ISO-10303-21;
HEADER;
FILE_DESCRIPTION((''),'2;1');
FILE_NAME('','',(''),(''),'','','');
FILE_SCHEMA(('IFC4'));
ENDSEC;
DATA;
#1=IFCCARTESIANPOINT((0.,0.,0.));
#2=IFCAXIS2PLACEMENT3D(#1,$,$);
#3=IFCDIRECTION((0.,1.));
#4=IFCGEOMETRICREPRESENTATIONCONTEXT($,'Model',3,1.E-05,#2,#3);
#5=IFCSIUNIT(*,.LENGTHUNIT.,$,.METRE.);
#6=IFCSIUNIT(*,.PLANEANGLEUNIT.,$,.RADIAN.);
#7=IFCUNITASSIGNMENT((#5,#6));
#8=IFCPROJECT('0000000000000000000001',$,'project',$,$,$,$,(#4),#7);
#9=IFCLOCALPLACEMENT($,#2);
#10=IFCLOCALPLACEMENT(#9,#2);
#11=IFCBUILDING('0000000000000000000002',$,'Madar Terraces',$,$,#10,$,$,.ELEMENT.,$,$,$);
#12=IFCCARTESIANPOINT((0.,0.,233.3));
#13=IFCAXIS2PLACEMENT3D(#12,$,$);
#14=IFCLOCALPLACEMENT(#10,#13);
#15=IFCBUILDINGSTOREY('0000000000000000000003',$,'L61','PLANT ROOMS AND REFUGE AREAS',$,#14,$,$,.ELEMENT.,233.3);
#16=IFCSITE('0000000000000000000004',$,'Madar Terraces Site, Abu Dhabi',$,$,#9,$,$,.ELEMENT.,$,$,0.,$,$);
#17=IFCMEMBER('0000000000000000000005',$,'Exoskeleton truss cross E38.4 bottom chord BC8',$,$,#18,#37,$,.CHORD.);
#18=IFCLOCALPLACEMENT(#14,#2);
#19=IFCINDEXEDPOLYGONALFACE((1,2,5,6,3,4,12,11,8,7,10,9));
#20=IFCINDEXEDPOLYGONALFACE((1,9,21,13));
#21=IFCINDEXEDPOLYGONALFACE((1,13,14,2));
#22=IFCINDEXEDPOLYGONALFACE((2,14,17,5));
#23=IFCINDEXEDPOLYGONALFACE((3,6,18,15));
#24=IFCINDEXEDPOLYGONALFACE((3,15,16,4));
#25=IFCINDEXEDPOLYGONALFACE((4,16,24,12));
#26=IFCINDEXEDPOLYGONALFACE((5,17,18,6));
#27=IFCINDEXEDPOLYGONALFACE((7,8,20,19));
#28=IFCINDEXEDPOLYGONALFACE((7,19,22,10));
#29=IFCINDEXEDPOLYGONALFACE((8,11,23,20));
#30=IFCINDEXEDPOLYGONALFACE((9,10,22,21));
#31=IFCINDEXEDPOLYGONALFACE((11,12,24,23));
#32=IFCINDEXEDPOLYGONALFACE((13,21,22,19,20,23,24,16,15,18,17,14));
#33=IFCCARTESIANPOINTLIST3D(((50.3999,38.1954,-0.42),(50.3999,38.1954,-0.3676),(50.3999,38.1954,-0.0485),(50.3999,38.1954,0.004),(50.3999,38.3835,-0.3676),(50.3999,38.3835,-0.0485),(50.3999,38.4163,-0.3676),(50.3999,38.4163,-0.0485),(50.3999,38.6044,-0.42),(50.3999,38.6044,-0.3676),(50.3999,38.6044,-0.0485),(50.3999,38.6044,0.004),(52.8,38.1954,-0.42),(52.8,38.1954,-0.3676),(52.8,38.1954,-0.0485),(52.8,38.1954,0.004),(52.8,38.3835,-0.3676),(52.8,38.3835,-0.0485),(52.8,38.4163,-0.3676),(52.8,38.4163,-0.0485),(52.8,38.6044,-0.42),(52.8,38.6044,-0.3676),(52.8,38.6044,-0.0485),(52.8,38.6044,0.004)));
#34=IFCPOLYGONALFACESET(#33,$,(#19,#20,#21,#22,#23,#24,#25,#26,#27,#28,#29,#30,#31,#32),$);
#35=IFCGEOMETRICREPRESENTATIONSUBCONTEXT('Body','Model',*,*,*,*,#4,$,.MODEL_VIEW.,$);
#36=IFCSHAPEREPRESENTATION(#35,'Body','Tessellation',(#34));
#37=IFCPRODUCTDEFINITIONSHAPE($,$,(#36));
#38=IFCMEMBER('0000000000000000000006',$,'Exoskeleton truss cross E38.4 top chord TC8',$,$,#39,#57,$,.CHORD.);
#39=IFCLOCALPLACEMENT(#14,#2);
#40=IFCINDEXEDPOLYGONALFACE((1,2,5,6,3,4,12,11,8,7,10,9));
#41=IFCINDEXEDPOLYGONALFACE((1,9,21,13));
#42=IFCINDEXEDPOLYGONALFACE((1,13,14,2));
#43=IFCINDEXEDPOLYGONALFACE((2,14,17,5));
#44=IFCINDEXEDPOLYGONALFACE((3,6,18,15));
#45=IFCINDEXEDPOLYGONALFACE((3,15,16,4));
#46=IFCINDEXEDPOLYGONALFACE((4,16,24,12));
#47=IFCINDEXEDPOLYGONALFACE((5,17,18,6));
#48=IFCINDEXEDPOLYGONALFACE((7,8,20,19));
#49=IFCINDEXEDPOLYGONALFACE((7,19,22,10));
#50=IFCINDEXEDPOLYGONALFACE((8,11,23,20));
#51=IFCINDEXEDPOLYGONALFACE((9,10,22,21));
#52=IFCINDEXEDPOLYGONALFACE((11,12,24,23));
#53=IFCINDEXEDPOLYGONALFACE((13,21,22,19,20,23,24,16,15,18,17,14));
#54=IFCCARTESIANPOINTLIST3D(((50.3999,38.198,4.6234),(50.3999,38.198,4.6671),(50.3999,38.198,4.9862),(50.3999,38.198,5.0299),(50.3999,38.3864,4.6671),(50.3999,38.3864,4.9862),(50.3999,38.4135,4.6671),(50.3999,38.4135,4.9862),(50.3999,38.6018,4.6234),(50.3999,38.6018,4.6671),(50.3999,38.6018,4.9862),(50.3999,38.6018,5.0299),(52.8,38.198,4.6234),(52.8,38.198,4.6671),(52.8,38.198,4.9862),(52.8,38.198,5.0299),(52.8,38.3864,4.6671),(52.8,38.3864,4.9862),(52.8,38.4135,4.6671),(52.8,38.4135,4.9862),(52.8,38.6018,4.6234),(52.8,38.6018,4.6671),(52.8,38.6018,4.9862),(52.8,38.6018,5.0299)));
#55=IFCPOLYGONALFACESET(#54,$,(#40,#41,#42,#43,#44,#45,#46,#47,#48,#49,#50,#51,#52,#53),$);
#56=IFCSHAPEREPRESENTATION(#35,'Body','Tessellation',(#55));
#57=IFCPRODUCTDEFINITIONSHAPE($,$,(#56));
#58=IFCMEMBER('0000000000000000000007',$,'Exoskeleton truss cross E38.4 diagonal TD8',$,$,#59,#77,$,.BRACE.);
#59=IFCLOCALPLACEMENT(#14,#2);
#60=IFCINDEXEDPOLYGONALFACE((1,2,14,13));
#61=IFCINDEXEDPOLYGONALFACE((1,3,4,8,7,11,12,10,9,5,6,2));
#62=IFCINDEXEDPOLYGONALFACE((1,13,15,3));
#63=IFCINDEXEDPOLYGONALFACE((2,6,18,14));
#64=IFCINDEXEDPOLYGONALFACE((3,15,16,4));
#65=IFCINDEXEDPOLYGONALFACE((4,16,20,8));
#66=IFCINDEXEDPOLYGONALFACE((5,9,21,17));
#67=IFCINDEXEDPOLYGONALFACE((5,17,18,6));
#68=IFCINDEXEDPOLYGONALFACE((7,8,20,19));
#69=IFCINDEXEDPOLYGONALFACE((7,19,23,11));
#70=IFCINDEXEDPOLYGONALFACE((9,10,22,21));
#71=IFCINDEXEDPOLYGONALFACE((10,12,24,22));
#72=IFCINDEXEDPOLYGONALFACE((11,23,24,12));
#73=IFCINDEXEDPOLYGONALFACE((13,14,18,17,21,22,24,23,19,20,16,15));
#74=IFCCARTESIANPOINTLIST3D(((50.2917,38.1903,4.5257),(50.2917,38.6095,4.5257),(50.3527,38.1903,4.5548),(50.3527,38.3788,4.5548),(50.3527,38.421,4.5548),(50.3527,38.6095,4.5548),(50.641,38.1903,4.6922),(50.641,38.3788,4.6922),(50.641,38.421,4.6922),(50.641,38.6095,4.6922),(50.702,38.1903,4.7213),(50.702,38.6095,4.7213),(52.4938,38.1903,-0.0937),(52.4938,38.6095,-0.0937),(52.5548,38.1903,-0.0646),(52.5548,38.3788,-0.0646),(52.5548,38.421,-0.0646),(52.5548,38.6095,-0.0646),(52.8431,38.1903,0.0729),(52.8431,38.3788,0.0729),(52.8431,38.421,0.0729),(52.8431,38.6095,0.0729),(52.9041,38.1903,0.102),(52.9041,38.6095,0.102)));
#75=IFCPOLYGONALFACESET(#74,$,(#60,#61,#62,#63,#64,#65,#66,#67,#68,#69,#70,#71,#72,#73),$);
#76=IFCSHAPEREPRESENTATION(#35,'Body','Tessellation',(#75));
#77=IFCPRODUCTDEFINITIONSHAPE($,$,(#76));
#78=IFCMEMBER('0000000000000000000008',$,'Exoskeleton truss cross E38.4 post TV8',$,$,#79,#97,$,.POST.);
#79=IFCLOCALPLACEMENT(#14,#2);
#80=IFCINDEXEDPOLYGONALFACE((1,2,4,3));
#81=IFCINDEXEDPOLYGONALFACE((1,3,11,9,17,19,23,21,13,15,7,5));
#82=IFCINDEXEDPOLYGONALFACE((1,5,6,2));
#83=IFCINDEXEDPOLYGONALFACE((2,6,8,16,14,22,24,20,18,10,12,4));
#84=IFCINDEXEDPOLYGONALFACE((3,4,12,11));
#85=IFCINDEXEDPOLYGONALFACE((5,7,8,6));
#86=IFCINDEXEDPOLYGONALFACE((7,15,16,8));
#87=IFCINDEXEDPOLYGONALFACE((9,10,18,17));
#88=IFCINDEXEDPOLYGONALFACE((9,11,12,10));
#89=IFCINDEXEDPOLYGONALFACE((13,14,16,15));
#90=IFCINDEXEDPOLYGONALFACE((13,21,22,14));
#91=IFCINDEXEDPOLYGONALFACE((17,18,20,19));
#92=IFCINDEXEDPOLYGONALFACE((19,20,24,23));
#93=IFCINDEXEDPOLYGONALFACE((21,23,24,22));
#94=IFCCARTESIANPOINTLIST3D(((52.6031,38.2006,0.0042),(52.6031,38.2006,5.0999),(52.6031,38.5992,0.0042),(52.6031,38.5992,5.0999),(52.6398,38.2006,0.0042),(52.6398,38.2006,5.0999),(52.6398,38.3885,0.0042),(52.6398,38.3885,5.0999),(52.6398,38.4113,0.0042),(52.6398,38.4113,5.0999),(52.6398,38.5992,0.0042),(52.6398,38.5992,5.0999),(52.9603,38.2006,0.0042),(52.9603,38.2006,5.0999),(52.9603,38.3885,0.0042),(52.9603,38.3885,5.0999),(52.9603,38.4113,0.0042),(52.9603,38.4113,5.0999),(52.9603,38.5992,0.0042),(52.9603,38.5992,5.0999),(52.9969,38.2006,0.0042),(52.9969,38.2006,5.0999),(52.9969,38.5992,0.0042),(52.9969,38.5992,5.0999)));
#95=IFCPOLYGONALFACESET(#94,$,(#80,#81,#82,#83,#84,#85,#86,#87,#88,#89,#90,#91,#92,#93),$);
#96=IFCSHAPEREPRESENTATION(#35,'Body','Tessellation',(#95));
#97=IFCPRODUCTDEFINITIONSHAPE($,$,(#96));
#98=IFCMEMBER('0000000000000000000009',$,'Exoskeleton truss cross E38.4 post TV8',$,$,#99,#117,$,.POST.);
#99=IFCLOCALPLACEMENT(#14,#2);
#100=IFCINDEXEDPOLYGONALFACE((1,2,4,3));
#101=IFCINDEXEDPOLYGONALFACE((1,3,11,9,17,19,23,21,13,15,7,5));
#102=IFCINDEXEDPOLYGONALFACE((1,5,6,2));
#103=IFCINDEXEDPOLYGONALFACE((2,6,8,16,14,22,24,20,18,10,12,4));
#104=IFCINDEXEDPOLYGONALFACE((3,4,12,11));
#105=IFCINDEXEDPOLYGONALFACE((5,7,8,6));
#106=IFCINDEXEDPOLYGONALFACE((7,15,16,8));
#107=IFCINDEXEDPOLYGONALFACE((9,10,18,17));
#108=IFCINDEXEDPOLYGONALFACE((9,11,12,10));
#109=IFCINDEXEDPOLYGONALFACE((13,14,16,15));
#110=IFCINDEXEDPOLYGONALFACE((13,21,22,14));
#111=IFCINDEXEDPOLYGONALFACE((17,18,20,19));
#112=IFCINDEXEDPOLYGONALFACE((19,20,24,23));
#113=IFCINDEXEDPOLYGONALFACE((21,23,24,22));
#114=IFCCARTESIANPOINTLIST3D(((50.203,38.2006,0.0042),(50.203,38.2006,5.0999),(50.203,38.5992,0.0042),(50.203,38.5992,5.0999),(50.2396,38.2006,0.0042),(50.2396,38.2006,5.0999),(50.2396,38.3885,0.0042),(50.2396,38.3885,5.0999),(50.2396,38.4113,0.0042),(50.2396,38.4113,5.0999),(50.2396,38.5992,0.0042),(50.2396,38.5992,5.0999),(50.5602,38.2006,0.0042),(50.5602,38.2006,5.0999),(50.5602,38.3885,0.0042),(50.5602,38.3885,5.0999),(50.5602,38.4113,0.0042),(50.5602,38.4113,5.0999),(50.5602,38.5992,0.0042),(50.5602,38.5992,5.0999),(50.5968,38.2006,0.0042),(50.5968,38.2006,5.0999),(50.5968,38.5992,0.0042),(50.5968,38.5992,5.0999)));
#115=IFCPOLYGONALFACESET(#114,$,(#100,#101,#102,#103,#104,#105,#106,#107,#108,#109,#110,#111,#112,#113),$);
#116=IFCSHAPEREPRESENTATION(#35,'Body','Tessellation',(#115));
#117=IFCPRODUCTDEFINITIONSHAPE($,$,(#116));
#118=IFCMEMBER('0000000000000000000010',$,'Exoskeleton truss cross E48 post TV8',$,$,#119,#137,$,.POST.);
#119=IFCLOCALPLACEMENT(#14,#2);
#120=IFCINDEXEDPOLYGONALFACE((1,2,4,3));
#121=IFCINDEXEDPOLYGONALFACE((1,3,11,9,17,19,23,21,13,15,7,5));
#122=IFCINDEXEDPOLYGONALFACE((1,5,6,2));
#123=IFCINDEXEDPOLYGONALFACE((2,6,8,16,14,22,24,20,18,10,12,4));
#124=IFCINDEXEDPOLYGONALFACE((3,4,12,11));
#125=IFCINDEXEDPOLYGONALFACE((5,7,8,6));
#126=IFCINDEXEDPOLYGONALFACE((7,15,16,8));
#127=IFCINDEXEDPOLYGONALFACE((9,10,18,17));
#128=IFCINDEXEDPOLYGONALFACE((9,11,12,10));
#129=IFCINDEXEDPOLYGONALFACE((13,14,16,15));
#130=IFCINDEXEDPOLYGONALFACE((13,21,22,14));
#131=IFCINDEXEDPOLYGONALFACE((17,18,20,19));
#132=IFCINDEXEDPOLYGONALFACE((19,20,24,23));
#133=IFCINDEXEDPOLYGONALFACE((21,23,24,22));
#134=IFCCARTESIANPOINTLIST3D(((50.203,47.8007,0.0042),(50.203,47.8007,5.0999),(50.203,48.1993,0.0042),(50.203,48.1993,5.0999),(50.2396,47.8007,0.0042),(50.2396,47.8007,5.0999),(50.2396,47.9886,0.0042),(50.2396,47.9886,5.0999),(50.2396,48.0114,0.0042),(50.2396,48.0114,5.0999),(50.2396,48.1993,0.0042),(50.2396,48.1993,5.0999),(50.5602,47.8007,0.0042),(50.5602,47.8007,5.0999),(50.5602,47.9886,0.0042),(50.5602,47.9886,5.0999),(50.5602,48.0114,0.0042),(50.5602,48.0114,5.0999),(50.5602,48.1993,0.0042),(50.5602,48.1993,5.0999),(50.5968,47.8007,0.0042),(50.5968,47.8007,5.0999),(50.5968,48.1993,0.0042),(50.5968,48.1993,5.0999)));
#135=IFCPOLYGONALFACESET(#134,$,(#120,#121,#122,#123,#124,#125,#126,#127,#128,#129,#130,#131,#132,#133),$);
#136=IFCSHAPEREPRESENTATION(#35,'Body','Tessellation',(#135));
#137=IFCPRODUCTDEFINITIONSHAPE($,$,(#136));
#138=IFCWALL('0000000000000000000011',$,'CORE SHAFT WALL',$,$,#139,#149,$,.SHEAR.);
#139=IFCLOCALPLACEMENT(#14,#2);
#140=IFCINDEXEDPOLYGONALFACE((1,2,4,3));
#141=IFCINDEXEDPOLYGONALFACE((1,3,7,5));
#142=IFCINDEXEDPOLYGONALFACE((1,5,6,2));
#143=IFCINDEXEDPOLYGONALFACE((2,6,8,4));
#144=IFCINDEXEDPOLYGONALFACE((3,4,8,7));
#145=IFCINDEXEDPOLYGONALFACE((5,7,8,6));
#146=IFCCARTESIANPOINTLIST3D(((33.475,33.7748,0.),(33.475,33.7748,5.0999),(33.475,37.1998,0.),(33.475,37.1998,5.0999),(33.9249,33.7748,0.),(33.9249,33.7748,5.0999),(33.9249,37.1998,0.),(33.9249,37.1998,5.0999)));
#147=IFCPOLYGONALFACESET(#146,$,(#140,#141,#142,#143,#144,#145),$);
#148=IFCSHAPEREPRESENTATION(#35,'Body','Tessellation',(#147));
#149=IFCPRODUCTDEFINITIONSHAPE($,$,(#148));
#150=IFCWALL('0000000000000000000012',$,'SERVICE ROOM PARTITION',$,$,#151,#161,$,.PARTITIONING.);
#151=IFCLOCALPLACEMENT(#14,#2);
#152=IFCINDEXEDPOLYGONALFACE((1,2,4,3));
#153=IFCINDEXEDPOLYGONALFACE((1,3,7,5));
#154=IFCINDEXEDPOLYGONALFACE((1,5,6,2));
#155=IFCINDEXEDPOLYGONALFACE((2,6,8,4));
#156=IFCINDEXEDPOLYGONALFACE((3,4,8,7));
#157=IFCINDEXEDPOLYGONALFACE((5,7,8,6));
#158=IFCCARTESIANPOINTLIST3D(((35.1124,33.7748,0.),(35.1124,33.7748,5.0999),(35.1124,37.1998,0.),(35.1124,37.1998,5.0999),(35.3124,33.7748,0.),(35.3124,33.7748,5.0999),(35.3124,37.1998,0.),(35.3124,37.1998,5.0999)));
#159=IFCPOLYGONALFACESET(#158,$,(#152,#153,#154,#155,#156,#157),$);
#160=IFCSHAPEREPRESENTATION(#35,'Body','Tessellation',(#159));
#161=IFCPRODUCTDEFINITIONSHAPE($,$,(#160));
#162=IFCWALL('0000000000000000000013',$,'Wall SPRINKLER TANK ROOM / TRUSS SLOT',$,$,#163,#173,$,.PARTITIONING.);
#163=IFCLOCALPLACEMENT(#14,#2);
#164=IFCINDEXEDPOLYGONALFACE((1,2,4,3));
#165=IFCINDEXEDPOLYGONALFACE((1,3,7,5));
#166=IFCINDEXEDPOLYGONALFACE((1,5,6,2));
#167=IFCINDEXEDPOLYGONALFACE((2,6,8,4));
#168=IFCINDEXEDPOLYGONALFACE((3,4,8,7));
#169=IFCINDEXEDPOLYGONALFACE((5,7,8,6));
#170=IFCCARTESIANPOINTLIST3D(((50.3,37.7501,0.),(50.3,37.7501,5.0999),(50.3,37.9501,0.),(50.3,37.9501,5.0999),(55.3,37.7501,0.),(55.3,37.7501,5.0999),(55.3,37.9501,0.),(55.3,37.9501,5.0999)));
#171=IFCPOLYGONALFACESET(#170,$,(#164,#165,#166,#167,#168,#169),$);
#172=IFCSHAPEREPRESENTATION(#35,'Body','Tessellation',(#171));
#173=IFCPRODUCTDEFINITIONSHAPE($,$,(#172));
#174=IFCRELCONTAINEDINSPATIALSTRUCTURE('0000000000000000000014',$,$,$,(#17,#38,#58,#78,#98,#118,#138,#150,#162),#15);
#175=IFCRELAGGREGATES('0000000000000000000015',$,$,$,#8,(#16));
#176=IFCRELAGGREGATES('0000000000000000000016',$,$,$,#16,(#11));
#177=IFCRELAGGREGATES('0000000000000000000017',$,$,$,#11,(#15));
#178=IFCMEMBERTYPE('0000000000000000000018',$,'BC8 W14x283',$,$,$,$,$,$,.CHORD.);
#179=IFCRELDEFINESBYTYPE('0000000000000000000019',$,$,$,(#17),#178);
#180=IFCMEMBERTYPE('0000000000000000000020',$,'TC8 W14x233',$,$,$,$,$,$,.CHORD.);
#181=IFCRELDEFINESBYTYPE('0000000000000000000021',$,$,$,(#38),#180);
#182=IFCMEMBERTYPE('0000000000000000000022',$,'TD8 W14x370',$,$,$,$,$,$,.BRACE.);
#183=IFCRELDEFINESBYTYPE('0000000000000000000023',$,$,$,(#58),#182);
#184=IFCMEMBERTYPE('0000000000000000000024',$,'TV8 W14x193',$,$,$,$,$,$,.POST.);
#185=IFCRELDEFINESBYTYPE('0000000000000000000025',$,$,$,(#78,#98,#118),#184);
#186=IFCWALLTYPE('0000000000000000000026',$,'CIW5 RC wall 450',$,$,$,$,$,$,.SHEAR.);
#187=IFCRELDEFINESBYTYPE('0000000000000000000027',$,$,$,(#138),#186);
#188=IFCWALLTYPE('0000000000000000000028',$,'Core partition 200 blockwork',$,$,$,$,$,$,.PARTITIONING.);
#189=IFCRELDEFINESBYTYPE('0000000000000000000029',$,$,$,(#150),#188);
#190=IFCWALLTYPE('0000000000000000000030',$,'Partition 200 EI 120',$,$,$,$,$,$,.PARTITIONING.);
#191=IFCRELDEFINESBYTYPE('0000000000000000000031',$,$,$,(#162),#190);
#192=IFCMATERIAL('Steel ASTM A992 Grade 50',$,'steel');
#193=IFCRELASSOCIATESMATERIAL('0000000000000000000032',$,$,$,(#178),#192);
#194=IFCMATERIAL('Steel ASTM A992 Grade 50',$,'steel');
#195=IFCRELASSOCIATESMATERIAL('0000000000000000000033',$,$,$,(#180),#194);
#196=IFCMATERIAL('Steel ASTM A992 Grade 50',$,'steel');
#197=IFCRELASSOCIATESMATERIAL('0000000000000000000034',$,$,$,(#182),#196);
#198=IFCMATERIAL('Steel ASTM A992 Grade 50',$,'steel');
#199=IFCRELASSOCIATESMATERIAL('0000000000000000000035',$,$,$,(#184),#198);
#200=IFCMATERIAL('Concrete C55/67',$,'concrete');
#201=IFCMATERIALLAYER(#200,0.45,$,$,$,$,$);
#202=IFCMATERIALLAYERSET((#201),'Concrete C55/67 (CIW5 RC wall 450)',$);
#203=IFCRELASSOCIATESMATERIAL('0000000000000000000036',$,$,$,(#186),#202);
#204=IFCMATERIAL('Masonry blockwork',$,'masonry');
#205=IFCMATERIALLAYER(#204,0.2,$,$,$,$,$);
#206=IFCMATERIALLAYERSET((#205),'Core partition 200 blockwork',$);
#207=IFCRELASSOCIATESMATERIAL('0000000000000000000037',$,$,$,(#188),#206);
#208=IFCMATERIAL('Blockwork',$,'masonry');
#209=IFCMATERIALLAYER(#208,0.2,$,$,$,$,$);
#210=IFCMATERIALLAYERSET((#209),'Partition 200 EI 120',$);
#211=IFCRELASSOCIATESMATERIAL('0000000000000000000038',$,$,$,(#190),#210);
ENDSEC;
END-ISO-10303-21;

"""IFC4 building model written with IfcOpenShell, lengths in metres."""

from ifc_helpers import new_model, si_unit, direction, frame, frame_2d, origin, origin_2d, place, context, subcontext, project, spatial, rectangle, i_section, extrude, material, layer, layer_set, material_profile, profile_set, type_object, element, save


model = new_model("IFC4")

# Units and contexts
model_context = context("Model", 3, precision=1e-05, world=origin(), true_north=direction((0.0, 1.0)))
body_context = subcontext(model_context, "Body", "Model", "MODEL_VIEW")
ifc_project = project(units=[si_unit("LENGTHUNIT", "METRE"), si_unit("PLANEANGLEUNIT", "RADIAN")], contexts=[model_context])

# Site, building, storey
site_placement = place(None, origin())
site = spatial("IfcSite", under=ifc_project, at=site_placement, Name="Madar Terraces Site, Abu Dhabi", CompositionType="ELEMENT", RefElevation=0.0)
building_placement = place(site_placement, origin())
building = spatial("IfcBuilding", under=site, at=building_placement, Name="Madar Terraces", CompositionType="ELEMENT")
storey_placement = place(building_placement, frame((0.0, 0.0, 233.3)))
storey = spatial("IfcBuildingStorey", under=building, at=storey_placement, Name="L61", Description="PLANT ROOMS AND REFUGE AREAS", CompositionType="ELEMENT", Elevation=233.3)

# Members
ifc_material_1 = material(Name="Steel ASTM A992 Grade 50", Category="steel")
ifc_material_profile_1 = material_profile(ifc_material_1, i_section(OverallWidth=0.4089, OverallDepth=0.4241, WebThickness=0.0327, FlangeThickness=0.0525, at=origin_2d()), Name="W14x283")
ifc_profile_set_1 = profile_set([ifc_material_profile_1], Name="Steel ASTM A992 Grade 50")
member_type_1 = type_object("IfcMemberType", Name="BC8 W14x283", PredefinedType="CHORD", material=ifc_profile_set_1)
member_1_placement = place(storey_placement, frame((52.8, 38.3999, -0.208), z_axis=(-1.0, 0.0, 0.0), x_axis=(0.0, -1.0, 0.0)))
element("IfcMember", 1, at=member_1_placement, inside=storey, type_object=member_type_1, Name="Exoskeleton truss cross E38.4 bottom chord BC8", PredefinedType="CHORD", context=body_context, shape_type="SweptSolid", body=[
    extrude(i_section(OverallWidth=0.4089, OverallDepth=0.4241, WebThickness=0.0327, FlangeThickness=0.0525, at=origin_2d()), origin(), (0.0, 0.0, 1.0), 2.4001),
])
ifc_material_2 = material(Name="Steel ASTM A992 Grade 50", Category="steel")
ifc_material_profile_2 = material_profile(ifc_material_2, i_section(OverallWidth=0.4038, OverallDepth=0.4065, WebThickness=0.0271, FlangeThickness=0.0437, at=origin_2d()), Name="W14x233")
ifc_profile_set_2 = profile_set([ifc_material_profile_2], Name="Steel ASTM A992 Grade 50")
member_type_2 = type_object("IfcMemberType", Name="TC8 W14x233", PredefinedType="CHORD", material=ifc_profile_set_2)
member_2_placement = place(storey_placement, frame((52.8, 38.3999, 4.8267), z_axis=(-1.0, 0.0, 0.0), x_axis=(0.0, -1.0, 0.0)))
element("IfcMember", 2, at=member_2_placement, inside=storey, type_object=member_type_2, Name="Exoskeleton truss cross E38.4 top chord TC8", PredefinedType="CHORD", context=body_context, shape_type="SweptSolid", body=[
    extrude(i_section(OverallWidth=0.4038, OverallDepth=0.4065, WebThickness=0.0271, FlangeThickness=0.0437, at=origin_2d()), origin(), (0.0, 0.0, 1.0), 2.4001),
])
ifc_material_3 = material(Name="Steel ASTM A992 Grade 50", Category="steel")
ifc_material_profile_3 = material_profile(ifc_material_3, i_section(OverallWidth=0.4192, OverallDepth=0.4546, WebThickness=0.0422, FlangeThickness=0.0676, at=origin_2d()), Name="W14x370")
ifc_profile_set_3 = profile_set([ifc_material_profile_3], Name="Steel ASTM A992 Grade 50")
member_type_3 = type_object("IfcMemberType", Name="TD8 W14x370", PredefinedType="BRACE", material=ifc_profile_set_3)
member_3_placement = place(storey_placement, frame((52.699, 38.3999, 0.0042), z_axis=(-0.430322, 0.0, 0.902675), x_axis=(0.0, -1.0, 0.0)))
element("IfcMember", 3, at=member_3_placement, inside=storey, type_object=member_type_3, Name="Exoskeleton truss cross E38.4 diagonal TD8", PredefinedType="BRACE", context=body_context, shape_type="SweptSolid", body=[
    extrude(i_section(OverallWidth=0.4192, OverallDepth=0.4546, WebThickness=0.0422, FlangeThickness=0.0676, at=origin_2d()), origin(), (0.0, 0.0, 1.0), 5.1174),
])
ifc_material_4 = material(Name="Steel ASTM A992 Grade 50", Category="steel")
ifc_material_profile_4 = material_profile(ifc_material_4, i_section(OverallWidth=0.3987, OverallDepth=0.3938, WebThickness=0.0227, FlangeThickness=0.0366, at=origin_2d()), Name="W14x193")
ifc_profile_set_4 = profile_set([ifc_material_profile_4], Name="Steel ASTM A992 Grade 50")
member_type_4 = type_object("IfcMemberType", Name="TV8 W14x193", PredefinedType="POST", material=ifc_profile_set_4)
for number, where, z_axis, x_axis, name in (
    (4, (52.8, 38.3999, 0.0042), (0.0, 0.0, 1.0), (0.0, 1.0, 0.0), "Exoskeleton truss cross E38.4 post TV8"),
    (5, (50.3999, 38.3999, 0.0042), (0.0, 0.0, 1.0), (0.0, 1.0, 0.0), "Exoskeleton truss cross E38.4 post TV8"),
    (6, (50.3999, 48.0, 0.0042), (0.0, 0.0, 1.0), (0.0, 1.0, 0.0), "Exoskeleton truss cross E48 post TV8"),
):
    element("IfcMember", number, at=place(storey_placement, frame(where, z_axis=z_axis, x_axis=x_axis)), inside=storey, type_object=member_type_4, Name=name, PredefinedType="POST", context=body_context, shape_type="SweptSolid", body=[
        extrude(i_section(OverallWidth=0.3987, OverallDepth=0.3938, WebThickness=0.0227, FlangeThickness=0.0366, at=origin_2d()), origin(), (0.0, 0.0, 1.0), 5.0957),
    ])

# Walls
ifc_material_5 = material(Name="Concrete C55/67", Category="concrete")
ifc_layer_1 = layer(ifc_material_5, 0.45)
ifc_layer_set_1 = layer_set([ifc_layer_1], Name="Concrete C55/67 (CIW5 RC wall 450)")
wall_type_1 = type_object("IfcWallType", Name="CIW5 RC wall 450", PredefinedType="SHEAR", material=ifc_layer_set_1)
wall_1_placement = place(storey_placement, frame((33.7, 33.7749, 0.0), z_axis=(0.0, 0.0, 1.0), x_axis=(0.0, 1.0, 0.0)))
element("IfcWall", 7, at=wall_1_placement, inside=storey, type_object=wall_type_1, Name="CORE SHAFT WALL", PredefinedType="SHEAR", context=body_context, shape_type="SweptSolid", body=[
    extrude(rectangle(XDim=3.425, YDim=0.45, at=frame_2d((1.7124, 0.0))), origin(), (0.0, 0.0, 1.0), 5.0999),
])
ifc_material_6 = material(Name="Masonry blockwork", Category="masonry")
ifc_layer_2 = layer(ifc_material_6, 0.2)
ifc_layer_set_2 = layer_set([ifc_layer_2], Name="Core partition 200 blockwork")
wall_type_2 = type_object("IfcWallType", Name="Core partition 200 blockwork", PredefinedType="PARTITIONING", material=ifc_layer_set_2)
wall_2_placement = place(storey_placement, frame((35.2124, 33.7749, 0.0), z_axis=(0.0, 0.0, 1.0), x_axis=(0.0, 1.0, 0.0)))
element("IfcWall", 8, at=wall_2_placement, inside=storey, type_object=wall_type_2, Name="SERVICE ROOM PARTITION", PredefinedType="PARTITIONING", context=body_context, shape_type="SweptSolid", body=[
    extrude(rectangle(XDim=3.425, YDim=0.2, at=frame_2d((1.7124, 0.0))), origin(), (0.0, 0.0, 1.0), 5.0999),
])
ifc_material_7 = material(Name="Blockwork", Category="masonry")
ifc_layer_3 = layer(ifc_material_7, 0.2)
ifc_layer_set_3 = layer_set([ifc_layer_3], Name="Partition 200 EI 120")
wall_type_3 = type_object("IfcWallType", Name="Partition 200 EI 120", PredefinedType="PARTITIONING", material=ifc_layer_set_3)
wall_3_placement = place(storey_placement, frame((50.3, 37.8501, 0.0), z_axis=(0.0, 0.0, 1.0), x_axis=(1.0, 0.0, 0.0)))
element("IfcWall", 9, at=wall_3_placement, inside=storey, type_object=wall_type_3, Name="Wall SPRINKLER TANK ROOM / TRUSS SLOT", PredefinedType="PARTITIONING", context=body_context, shape_type="SweptSolid", body=[
    extrude(rectangle(XDim=5.0, YDim=0.2, at=frame_2d((2.5, 0.0))), origin(), (0.0, 0.0, 1.0), 5.0999),
])

save(model, "model.ifc")
